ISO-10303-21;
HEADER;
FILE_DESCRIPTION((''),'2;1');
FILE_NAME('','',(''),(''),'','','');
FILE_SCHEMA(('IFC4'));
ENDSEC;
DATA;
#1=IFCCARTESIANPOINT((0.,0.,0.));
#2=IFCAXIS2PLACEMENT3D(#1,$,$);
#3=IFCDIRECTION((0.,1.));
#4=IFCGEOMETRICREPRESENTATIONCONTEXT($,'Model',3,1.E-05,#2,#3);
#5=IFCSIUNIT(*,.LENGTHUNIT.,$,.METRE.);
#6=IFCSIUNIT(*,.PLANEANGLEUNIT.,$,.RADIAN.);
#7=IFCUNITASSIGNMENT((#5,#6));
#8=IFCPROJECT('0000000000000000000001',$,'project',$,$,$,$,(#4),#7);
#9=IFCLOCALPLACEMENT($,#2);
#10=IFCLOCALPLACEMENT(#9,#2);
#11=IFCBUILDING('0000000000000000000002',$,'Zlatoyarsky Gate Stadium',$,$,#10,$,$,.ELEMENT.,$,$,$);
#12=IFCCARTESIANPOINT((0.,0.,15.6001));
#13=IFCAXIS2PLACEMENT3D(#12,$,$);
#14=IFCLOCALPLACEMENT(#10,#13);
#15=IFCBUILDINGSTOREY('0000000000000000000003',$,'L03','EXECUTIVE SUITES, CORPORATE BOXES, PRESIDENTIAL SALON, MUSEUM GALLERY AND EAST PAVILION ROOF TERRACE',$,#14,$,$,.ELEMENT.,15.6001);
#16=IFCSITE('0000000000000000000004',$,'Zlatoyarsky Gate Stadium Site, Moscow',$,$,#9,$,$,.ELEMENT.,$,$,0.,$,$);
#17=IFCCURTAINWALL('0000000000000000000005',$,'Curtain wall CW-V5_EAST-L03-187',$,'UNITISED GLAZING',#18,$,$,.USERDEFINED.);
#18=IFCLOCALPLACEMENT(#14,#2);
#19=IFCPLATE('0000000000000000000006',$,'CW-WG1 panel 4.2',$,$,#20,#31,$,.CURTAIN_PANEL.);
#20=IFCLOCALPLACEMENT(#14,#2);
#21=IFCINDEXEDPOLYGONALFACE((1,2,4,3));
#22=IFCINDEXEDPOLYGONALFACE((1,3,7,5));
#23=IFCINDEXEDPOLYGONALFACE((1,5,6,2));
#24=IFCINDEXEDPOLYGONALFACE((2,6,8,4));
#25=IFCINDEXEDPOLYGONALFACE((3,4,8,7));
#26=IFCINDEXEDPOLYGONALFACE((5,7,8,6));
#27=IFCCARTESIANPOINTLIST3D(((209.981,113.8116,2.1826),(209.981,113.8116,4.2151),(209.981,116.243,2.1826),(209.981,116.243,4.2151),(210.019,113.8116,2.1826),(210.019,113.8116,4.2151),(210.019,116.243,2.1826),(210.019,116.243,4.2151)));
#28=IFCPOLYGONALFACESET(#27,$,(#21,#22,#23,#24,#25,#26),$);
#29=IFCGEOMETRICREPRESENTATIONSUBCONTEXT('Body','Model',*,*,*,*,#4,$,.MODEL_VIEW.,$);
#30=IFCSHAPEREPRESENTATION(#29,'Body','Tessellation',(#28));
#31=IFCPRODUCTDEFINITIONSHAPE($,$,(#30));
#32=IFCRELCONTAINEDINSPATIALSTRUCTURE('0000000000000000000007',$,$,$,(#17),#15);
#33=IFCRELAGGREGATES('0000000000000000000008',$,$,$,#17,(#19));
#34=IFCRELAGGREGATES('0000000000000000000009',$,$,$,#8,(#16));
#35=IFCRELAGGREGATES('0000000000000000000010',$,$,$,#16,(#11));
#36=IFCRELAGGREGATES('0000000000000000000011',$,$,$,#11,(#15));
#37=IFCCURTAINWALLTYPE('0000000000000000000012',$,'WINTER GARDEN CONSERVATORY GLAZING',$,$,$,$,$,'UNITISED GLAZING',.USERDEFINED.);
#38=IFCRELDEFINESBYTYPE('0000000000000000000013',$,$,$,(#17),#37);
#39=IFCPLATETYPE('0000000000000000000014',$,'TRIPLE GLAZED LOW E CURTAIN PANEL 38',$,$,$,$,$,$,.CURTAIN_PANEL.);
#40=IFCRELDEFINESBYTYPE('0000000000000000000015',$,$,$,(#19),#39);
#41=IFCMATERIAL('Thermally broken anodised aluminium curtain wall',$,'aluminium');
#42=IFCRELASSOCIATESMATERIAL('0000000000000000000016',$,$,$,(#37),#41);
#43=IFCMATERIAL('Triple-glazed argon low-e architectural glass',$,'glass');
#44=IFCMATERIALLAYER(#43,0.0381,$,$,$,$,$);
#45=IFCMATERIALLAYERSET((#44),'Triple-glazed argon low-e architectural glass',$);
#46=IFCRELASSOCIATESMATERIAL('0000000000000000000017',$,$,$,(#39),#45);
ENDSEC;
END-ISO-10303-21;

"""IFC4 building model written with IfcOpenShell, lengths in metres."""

from ifc_helpers import new_model, si_unit, direction, frame, origin, origin_2d, place, context, subcontext, project, spatial, rectangle, extrude, material, layer, layer_set, type_object, element, aggregate, save


model = new_model("IFC4")

# Units and contexts
model_context = context("Model", 3, precision=1e-05, world=origin(), true_north=direction((0.0, 1.0)))
body_context = subcontext(model_context, "Body", "Model", "MODEL_VIEW")
ifc_project = project(units=[si_unit("LENGTHUNIT", "METRE"), si_unit("PLANEANGLEUNIT", "RADIAN")], contexts=[model_context])

# Site, building, storey
site_placement = place(None, origin())
site = spatial("IfcSite", under=ifc_project, at=site_placement, Name="Zlatoyarsky Gate Stadium Site, Moscow", CompositionType="ELEMENT", RefElevation=0.0)
building_placement = place(site_placement, origin())
building = spatial("IfcBuilding", under=site, at=building_placement, Name="Zlatoyarsky Gate Stadium", CompositionType="ELEMENT")
storey_placement = place(building_placement, frame((0.0, 0.0, 15.6001)))
storey = spatial("IfcBuildingStorey", under=building, at=storey_placement, Name="L03", Description="EXECUTIVE SUITES, CORPORATE BOXES, PRESIDENTIAL SALON, MUSEUM GALLERY AND EAST PAVILION ROOF TERRACE", CompositionType="ELEMENT", Elevation=15.6001)

# Curtain wall
ifc_material_1 = material(Name="Thermally broken anodised aluminium curtain wall", Category="aluminium")
curtain_wall_type = type_object("IfcCurtainWallType", Name="WINTER GARDEN CONSERVATORY GLAZING", ElementType="UNITISED GLAZING", PredefinedType="USERDEFINED", material=ifc_material_1)
curtain_wall_placement = place(storey_placement, origin())
curtain_wall = element("IfcCurtainWall", 1, at=curtain_wall_placement, inside=storey, type_object=curtain_wall_type, Name="Curtain wall CW-V5_EAST-L03-187", ObjectType="UNITISED GLAZING", PredefinedType="USERDEFINED")

# Plate
ifc_material_2 = material(Name="Triple-glazed argon low-e architectural glass", Category="glass")
ifc_layer = layer(ifc_material_2, 0.0381)
ifc_layer_set = layer_set([ifc_layer], Name="Triple-glazed argon low-e architectural glass")
plate_type = type_object("IfcPlateType", Name="TRIPLE GLAZED LOW E CURTAIN PANEL 38", PredefinedType="CURTAIN_PANEL", material=ifc_layer_set)
plate_1_placement = place(storey_placement, frame((210.0, 115.0273, 2.1826), z_axis=(0.0, 0.0, 1.0), x_axis=(0.0, 1.0, 0.0)))
plate_1 = element("IfcPlate", 2, at=plate_1_placement, type_object=plate_type, Name="CW-WG1 panel 4.2", PredefinedType="CURTAIN_PANEL", context=body_context, shape_type="SweptSolid", body=[
    extrude(rectangle(XDim=2.4314, YDim=0.0381, at=origin_2d()), origin(), (0.0, 0.0, 1.0), 2.0325),
])
aggregate(curtain_wall, [plate_1])

save(model, "model.ifc")
